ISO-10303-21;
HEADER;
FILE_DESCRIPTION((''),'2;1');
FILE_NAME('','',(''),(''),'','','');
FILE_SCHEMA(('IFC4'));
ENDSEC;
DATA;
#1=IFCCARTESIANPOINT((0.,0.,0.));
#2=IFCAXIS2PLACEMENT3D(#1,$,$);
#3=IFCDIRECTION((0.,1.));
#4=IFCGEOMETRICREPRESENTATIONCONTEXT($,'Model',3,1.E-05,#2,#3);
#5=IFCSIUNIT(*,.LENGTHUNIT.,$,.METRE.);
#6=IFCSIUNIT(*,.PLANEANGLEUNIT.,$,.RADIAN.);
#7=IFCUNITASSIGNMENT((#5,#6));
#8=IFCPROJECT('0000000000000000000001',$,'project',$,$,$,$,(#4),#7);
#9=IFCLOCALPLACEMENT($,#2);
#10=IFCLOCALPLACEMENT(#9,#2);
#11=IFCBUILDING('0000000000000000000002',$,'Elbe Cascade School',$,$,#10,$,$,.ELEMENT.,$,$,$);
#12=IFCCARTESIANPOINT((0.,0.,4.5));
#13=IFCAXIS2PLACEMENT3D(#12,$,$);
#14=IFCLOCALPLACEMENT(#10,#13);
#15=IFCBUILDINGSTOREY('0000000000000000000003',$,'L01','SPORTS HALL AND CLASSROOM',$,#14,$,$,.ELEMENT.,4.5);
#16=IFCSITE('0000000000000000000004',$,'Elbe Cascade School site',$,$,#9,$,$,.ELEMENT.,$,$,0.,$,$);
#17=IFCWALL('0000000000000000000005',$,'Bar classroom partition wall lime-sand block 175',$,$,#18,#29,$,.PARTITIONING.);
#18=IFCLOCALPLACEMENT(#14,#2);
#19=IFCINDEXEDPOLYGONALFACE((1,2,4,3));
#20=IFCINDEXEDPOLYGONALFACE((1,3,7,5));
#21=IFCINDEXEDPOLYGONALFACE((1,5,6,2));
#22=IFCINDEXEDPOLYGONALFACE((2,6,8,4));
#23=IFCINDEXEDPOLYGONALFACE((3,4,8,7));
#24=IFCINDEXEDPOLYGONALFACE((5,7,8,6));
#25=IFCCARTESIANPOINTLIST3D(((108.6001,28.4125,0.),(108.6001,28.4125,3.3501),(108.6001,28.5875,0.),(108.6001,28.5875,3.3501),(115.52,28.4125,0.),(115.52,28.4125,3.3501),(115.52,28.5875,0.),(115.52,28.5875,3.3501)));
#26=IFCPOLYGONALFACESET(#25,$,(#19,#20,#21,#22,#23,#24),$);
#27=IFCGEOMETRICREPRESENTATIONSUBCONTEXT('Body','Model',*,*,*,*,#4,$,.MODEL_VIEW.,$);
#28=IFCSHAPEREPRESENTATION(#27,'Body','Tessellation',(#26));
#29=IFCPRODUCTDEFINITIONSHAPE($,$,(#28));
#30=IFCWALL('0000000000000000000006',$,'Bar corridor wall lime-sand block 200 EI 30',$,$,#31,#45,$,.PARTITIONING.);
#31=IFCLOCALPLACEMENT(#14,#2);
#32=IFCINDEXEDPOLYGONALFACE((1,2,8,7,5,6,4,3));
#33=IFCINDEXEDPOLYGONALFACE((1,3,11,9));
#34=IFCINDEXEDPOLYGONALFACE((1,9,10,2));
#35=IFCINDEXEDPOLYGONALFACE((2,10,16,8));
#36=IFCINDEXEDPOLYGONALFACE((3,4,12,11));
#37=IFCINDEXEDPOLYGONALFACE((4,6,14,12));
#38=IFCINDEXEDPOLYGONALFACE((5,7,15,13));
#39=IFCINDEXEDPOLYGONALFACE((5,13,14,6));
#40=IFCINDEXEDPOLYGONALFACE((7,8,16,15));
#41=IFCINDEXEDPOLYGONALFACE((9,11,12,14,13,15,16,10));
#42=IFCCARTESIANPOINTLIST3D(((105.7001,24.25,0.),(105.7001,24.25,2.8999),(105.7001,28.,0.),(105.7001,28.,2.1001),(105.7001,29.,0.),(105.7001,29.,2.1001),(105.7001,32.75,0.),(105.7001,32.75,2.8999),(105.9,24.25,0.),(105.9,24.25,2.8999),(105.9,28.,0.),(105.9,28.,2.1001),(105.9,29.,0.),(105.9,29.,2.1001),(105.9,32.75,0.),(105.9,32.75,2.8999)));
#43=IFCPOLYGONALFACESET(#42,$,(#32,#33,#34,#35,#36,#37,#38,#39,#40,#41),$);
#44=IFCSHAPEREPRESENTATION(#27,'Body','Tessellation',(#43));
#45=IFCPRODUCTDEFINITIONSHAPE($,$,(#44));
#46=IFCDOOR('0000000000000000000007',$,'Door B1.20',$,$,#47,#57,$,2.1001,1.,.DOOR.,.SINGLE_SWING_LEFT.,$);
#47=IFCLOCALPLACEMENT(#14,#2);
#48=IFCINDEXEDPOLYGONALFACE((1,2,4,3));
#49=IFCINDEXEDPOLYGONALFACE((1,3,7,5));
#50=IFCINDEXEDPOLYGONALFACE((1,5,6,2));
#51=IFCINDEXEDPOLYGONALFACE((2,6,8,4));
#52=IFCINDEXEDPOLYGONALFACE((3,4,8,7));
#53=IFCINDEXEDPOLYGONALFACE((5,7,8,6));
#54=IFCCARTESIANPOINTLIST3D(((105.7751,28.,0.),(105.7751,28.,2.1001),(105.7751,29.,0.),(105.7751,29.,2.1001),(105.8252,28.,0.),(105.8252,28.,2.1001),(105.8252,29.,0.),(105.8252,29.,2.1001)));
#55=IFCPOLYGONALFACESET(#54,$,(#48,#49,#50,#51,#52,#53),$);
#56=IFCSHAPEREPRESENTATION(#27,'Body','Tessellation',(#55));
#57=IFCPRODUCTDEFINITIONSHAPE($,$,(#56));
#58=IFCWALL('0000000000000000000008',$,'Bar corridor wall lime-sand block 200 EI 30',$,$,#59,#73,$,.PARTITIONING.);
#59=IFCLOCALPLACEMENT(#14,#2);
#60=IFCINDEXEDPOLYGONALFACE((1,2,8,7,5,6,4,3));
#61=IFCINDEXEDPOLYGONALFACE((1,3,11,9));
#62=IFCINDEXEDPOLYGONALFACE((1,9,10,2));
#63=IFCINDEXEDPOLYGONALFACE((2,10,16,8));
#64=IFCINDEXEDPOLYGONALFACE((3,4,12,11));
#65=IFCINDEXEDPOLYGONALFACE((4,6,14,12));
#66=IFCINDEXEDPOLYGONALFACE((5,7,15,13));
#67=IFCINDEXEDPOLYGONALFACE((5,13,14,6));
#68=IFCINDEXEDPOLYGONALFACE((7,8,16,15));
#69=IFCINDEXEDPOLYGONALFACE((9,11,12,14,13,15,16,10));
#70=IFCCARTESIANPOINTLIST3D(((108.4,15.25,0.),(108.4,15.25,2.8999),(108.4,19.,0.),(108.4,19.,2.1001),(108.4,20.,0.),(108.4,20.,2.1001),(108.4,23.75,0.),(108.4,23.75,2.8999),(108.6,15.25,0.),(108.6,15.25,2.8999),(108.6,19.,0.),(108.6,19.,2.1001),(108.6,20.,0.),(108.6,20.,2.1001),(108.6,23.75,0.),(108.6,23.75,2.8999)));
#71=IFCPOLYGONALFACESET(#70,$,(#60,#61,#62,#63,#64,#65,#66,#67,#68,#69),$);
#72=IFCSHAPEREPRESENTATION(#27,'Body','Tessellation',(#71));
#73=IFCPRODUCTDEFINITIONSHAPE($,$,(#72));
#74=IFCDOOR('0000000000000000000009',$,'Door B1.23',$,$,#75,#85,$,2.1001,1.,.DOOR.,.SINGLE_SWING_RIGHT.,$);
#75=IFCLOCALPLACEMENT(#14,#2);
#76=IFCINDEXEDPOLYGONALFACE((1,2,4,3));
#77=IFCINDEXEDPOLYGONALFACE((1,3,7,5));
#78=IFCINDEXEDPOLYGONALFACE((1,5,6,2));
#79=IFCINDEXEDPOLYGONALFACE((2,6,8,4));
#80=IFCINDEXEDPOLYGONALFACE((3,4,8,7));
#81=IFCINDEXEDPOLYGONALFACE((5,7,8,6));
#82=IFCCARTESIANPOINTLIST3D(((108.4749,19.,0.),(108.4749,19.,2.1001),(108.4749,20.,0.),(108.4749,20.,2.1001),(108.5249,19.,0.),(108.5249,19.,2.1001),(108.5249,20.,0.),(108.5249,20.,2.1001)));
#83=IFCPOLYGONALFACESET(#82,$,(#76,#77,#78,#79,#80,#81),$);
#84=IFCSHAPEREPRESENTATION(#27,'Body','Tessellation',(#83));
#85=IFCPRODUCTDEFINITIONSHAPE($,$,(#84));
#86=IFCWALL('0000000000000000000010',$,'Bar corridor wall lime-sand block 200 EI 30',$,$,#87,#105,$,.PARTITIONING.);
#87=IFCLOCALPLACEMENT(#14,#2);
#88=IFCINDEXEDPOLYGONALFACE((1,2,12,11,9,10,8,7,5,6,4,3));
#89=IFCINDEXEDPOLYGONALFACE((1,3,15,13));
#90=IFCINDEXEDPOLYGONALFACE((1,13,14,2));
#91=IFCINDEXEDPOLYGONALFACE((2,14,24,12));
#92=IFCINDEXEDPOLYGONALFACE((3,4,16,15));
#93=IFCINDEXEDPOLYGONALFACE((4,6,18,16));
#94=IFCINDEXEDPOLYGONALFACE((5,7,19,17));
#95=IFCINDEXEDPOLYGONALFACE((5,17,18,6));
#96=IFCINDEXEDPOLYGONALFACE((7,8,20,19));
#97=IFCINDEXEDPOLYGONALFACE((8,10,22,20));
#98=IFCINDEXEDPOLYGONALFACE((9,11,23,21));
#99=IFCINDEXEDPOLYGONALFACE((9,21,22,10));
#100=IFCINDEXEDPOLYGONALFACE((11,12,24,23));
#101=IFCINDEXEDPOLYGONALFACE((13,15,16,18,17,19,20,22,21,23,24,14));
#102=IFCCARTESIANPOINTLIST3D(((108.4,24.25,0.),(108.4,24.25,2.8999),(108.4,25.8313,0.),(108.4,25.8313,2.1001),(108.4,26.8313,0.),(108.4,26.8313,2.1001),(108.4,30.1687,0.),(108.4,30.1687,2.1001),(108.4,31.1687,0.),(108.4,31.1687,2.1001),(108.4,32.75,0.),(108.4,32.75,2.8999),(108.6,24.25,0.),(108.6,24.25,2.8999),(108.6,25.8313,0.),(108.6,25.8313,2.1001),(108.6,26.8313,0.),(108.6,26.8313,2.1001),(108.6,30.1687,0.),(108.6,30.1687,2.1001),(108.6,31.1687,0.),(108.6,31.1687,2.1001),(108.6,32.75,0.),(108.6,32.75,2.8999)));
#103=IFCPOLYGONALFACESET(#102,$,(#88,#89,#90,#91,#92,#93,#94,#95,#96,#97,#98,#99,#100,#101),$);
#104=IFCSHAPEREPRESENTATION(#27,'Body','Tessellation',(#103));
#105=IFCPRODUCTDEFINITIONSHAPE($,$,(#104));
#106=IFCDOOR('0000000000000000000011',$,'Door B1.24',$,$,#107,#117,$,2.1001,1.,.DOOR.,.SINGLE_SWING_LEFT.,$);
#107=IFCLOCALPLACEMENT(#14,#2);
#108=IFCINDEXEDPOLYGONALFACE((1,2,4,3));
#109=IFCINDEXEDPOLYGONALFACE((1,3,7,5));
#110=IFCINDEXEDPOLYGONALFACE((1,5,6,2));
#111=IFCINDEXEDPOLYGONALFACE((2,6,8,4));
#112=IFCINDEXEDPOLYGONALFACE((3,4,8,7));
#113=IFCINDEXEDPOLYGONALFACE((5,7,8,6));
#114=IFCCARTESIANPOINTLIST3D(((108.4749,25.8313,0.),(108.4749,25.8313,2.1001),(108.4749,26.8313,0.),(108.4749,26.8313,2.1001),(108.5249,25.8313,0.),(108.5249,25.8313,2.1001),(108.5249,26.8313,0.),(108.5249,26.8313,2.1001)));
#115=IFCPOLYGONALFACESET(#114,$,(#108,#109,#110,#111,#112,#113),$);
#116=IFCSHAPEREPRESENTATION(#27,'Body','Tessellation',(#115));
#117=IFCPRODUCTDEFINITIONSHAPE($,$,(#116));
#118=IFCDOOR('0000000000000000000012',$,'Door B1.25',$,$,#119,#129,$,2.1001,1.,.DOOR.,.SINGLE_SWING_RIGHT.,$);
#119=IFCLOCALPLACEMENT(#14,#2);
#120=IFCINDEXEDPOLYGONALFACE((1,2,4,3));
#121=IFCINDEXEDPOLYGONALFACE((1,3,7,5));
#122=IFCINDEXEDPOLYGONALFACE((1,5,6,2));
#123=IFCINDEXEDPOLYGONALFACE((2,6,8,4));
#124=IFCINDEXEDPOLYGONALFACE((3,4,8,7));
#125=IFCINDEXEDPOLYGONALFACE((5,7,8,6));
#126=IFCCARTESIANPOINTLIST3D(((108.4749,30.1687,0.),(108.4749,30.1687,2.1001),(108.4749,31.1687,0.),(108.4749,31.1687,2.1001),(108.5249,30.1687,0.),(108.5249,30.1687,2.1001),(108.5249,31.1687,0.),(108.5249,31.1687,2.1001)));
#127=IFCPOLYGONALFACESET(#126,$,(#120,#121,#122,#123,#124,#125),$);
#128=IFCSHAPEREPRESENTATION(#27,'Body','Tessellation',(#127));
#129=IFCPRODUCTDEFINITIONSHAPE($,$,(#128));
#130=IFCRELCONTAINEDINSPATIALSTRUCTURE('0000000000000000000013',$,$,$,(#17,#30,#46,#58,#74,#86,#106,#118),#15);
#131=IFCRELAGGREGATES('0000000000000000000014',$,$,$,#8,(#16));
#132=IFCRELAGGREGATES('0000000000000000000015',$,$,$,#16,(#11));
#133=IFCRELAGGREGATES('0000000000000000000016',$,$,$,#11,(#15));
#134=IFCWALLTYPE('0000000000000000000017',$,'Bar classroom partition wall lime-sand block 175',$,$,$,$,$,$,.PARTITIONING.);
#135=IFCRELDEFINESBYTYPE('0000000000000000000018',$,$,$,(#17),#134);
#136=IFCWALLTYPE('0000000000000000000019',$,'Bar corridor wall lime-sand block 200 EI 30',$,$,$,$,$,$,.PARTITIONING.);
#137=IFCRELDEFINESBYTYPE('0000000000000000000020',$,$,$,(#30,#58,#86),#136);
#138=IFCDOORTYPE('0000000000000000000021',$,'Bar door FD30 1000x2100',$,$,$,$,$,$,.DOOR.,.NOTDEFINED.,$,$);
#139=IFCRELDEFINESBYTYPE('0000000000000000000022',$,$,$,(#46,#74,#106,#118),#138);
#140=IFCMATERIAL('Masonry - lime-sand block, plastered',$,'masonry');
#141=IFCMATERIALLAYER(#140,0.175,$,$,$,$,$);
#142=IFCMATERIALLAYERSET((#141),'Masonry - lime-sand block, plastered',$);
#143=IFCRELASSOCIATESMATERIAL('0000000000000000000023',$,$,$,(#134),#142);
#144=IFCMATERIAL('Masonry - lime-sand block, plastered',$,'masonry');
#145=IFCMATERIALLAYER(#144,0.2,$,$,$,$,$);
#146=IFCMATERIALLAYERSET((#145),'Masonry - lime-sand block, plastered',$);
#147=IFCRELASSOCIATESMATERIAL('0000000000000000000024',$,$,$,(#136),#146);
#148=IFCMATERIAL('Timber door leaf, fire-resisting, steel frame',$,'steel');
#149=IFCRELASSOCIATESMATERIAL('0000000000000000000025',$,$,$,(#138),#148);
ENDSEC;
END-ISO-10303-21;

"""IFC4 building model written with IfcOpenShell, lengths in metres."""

from ifc_helpers import new_model, si_unit, direction, frame, frame_2d, origin, place, context, subcontext, project, spatial, rectangle, extrude, material, layer, layer_set, type_object, element, fill, save


model = new_model("IFC4")

# Units and contexts
model_context = context("Model", 3, precision=1e-05, world=origin(), true_north=direction((0.0, 1.0)))
body_context = subcontext(model_context, "Body", "Model", "MODEL_VIEW")
ifc_project = project(units=[si_unit("LENGTHUNIT", "METRE"), si_unit("PLANEANGLEUNIT", "RADIAN")], contexts=[model_context])

# Site, building, storey
site_placement = place(None, origin())
site = spatial("IfcSite", under=ifc_project, at=site_placement, Name="Elbe Cascade School site", CompositionType="ELEMENT", RefElevation=0.0)
building_placement = place(site_placement, origin())
building = spatial("IfcBuilding", under=site, at=building_placement, Name="Elbe Cascade School", CompositionType="ELEMENT")
storey_placement = place(building_placement, frame((0.0, 0.0, 4.5)))
storey = spatial("IfcBuildingStorey", under=building, at=storey_placement, Name="L01", Description="SPORTS HALL AND CLASSROOM", CompositionType="ELEMENT", Elevation=4.5)

# Wall
ifc_material_1 = material(Name="Masonry - lime-sand block, plastered", Category="masonry")
ifc_layer_1 = layer(ifc_material_1, 0.175)
ifc_layer_set_1 = layer_set([ifc_layer_1], Name="Masonry - lime-sand block, plastered")
wall_type_1 = type_object("IfcWallType", Name="Bar classroom partition wall lime-sand block 175", PredefinedType="PARTITIONING", material=ifc_layer_set_1)
wall_1_placement = place(storey_placement, frame((108.6001, 28.5, 0.0), z_axis=(0.0, 0.0, 1.0), x_axis=(1.0, 0.0, 0.0)))
element("IfcWall", 1, at=wall_1_placement, inside=storey, type_object=wall_type_1, Name="Bar classroom partition wall lime-sand block 175", PredefinedType="PARTITIONING", context=body_context, shape_type="SweptSolid", body=[
    extrude(rectangle(XDim=6.9199, YDim=0.175, at=frame_2d((3.46, 0.0))), origin(), (0.0, 0.0, 1.0), 3.3501),
])

# Walls, openings, doors
ifc_material_2 = material(Name="Masonry - lime-sand block, plastered", Category="masonry")
ifc_layer_2 = layer(ifc_material_2, 0.2)
ifc_layer_set_2 = layer_set([ifc_layer_2], Name="Masonry - lime-sand block, plastered")
wall_type_2 = type_object("IfcWallType", Name="Bar corridor wall lime-sand block 200 EI 30", PredefinedType="PARTITIONING", material=ifc_layer_set_2)
wall_2_placement = place(storey_placement, frame((105.8, 24.25, 0.0), z_axis=(0.0, 0.0, 1.0), x_axis=(0.0, 1.0, 0.0)))
wall_2 = element("IfcWall", 2, at=wall_2_placement, inside=storey, type_object=wall_type_2, Name="Bar corridor wall lime-sand block 200 EI 30", PredefinedType="PARTITIONING", context=body_context, shape_type="SweptSolid", body=[
    extrude(rectangle(XDim=8.5, YDim=0.2, at=frame_2d((4.25, 0.0))), origin(), (0.0, 0.0, 1.0), 2.8999),
])
opening_1_placement = place(wall_2_placement, frame((3.75, 0.0, 0.0)))
opening_1 = element("IfcOpeningElement", 3, at=opening_1_placement, cuts=wall_2, PredefinedType="OPENING", context=body_context, shape_type="SweptSolid", body=[
    extrude(rectangle(XDim=1.0, YDim=2.1001, at=frame_2d((0.5, 1.05))), frame((0.0, 0.1099, 0.0), z_axis=(0.0, -1.0, 0.0), x_axis=(1.0, 0.0, 0.0)), (0.0, 0.0, 1.0), 0.22),
])
ifc_material_3 = material(Name="Timber door leaf, fire-resisting, steel frame", Category="steel")
door_type = type_object("IfcDoorType", Name="Bar door FD30 1000x2100", OperationType="NOTDEFINED", PredefinedType="DOOR", material=ifc_material_3)
door_1_placement = place(opening_1_placement, origin())
door_1 = element("IfcDoor", 4, at=door_1_placement, inside=storey, type_object=door_type, Name="Door B1.20", OperationType="SINGLE_SWING_LEFT", OverallHeight=2.1001, OverallWidth=1.0, PredefinedType="DOOR", context=body_context, shape_type="SweptSolid", body=[
    extrude(rectangle(XDim=1.0, YDim=2.1001, at=frame_2d((0.5, 1.05))), frame((0.0, 0.0249, 0.0), z_axis=(0.0, -1.0, 0.0), x_axis=(1.0, 0.0, 0.0)), (0.0, 0.0, 1.0), 0.05),
])
fill(opening_1, door_1)
wall_3_placement = place(storey_placement, frame((108.5, 23.75, 0.0), z_axis=(0.0, 0.0, 1.0), x_axis=(0.0, -1.0, 0.0)))
wall_3 = element("IfcWall", 5, at=wall_3_placement, inside=storey, type_object=wall_type_2, Name="Bar corridor wall lime-sand block 200 EI 30", PredefinedType="PARTITIONING", context=body_context, shape_type="SweptSolid", body=[
    extrude(rectangle(XDim=8.5, YDim=0.2, at=frame_2d((4.25, 0.0))), origin(), (0.0, 0.0, 1.0), 2.8999),
])
opening_2_placement = place(wall_3_placement, frame((3.75, 0.0, 0.0)))
opening_2 = element("IfcOpeningElement", 6, at=opening_2_placement, cuts=wall_3, PredefinedType="OPENING", context=body_context, shape_type="SweptSolid", body=[
    extrude(rectangle(XDim=1.0, YDim=2.1001, at=frame_2d((0.5, 1.05))), frame((0.0, 0.1099, 0.0), z_axis=(0.0, -1.0, 0.0), x_axis=(1.0, 0.0, 0.0)), (0.0, 0.0, 1.0), 0.22),
])
door_2_placement = place(opening_2_placement, origin())
door_2 = element("IfcDoor", 7, at=door_2_placement, inside=storey, type_object=door_type, Name="Door B1.23", OperationType="SINGLE_SWING_RIGHT", OverallHeight=2.1001, OverallWidth=1.0, PredefinedType="DOOR", context=body_context, shape_type="SweptSolid", body=[
    extrude(rectangle(XDim=1.0, YDim=2.1001, at=frame_2d((0.5, 1.05))), frame((0.0, 0.0249, 0.0), z_axis=(0.0, -1.0, 0.0), x_axis=(1.0, 0.0, 0.0)), (0.0, 0.0, 1.0), 0.05),
])
fill(opening_2, door_2)

# Wall, openings, doors
wall_4_placement = place(storey_placement, frame((108.5, 32.75, 0.0), z_axis=(0.0, 0.0, 1.0), x_axis=(0.0, -1.0, 0.0)))
wall_4 = element("IfcWall", 8, at=wall_4_placement, inside=storey, type_object=wall_type_2, Name="Bar corridor wall lime-sand block 200 EI 30", PredefinedType="PARTITIONING", context=body_context, shape_type="SweptSolid", body=[
    extrude(rectangle(XDim=8.5, YDim=0.2, at=frame_2d((4.25, 0.0))), origin(), (0.0, 0.0, 1.0), 2.8999),
])
opening_3_placement = place(wall_4_placement, frame((5.9187, 0.0, 0.0)))
opening_3 = element("IfcOpeningElement", 9, at=opening_3_placement, cuts=wall_4, PredefinedType="OPENING", context=body_context, shape_type="SweptSolid", body=[
    extrude(rectangle(XDim=1.0, YDim=2.1001, at=frame_2d((0.5, 1.05))), frame((0.0, 0.1099, 0.0), z_axis=(0.0, -1.0, 0.0), x_axis=(1.0, 0.0, 0.0)), (0.0, 0.0, 1.0), 0.22),
])
opening_4_placement = place(wall_4_placement, frame((1.5813, 0.0, 0.0)))
opening_4 = element("IfcOpeningElement", 10, at=opening_4_placement, cuts=wall_4, PredefinedType="OPENING", context=body_context, shape_type="SweptSolid", body=[
    extrude(rectangle(XDim=1.0, YDim=2.1001, at=frame_2d((0.5, 1.05))), frame((0.0, 0.1099, 0.0), z_axis=(0.0, -1.0, 0.0), x_axis=(1.0, 0.0, 0.0)), (0.0, 0.0, 1.0), 0.22),
])
door_3_placement = place(opening_3_placement, origin())
door_3 = element("IfcDoor", 11, at=door_3_placement, inside=storey, type_object=door_type, Name="Door B1.24", OperationType="SINGLE_SWING_LEFT", OverallHeight=2.1001, OverallWidth=1.0, PredefinedType="DOOR", context=body_context, shape_type="SweptSolid", body=[
    extrude(rectangle(XDim=1.0, YDim=2.1001, at=frame_2d((0.5, 1.05))), frame((0.0, 0.0249, 0.0), z_axis=(0.0, -1.0, 0.0), x_axis=(1.0, 0.0, 0.0)), (0.0, 0.0, 1.0), 0.05),
])
fill(opening_3, door_3)
door_4_placement = place(opening_4_placement, origin())
door_4 = element("IfcDoor", 12, at=door_4_placement, inside=storey, type_object=door_type, Name="Door B1.25", OperationType="SINGLE_SWING_RIGHT", OverallHeight=2.1001, OverallWidth=1.0, PredefinedType="DOOR", context=body_context, shape_type="SweptSolid", body=[
    extrude(rectangle(XDim=1.0, YDim=2.1001, at=frame_2d((0.5, 1.05))), frame((0.0, 0.0249, 0.0), z_axis=(0.0, -1.0, 0.0), x_axis=(1.0, 0.0, 0.0)), (0.0, 0.0, 1.0), 0.05),
])
fill(opening_4, door_4)

save(model, "model.ifc")
